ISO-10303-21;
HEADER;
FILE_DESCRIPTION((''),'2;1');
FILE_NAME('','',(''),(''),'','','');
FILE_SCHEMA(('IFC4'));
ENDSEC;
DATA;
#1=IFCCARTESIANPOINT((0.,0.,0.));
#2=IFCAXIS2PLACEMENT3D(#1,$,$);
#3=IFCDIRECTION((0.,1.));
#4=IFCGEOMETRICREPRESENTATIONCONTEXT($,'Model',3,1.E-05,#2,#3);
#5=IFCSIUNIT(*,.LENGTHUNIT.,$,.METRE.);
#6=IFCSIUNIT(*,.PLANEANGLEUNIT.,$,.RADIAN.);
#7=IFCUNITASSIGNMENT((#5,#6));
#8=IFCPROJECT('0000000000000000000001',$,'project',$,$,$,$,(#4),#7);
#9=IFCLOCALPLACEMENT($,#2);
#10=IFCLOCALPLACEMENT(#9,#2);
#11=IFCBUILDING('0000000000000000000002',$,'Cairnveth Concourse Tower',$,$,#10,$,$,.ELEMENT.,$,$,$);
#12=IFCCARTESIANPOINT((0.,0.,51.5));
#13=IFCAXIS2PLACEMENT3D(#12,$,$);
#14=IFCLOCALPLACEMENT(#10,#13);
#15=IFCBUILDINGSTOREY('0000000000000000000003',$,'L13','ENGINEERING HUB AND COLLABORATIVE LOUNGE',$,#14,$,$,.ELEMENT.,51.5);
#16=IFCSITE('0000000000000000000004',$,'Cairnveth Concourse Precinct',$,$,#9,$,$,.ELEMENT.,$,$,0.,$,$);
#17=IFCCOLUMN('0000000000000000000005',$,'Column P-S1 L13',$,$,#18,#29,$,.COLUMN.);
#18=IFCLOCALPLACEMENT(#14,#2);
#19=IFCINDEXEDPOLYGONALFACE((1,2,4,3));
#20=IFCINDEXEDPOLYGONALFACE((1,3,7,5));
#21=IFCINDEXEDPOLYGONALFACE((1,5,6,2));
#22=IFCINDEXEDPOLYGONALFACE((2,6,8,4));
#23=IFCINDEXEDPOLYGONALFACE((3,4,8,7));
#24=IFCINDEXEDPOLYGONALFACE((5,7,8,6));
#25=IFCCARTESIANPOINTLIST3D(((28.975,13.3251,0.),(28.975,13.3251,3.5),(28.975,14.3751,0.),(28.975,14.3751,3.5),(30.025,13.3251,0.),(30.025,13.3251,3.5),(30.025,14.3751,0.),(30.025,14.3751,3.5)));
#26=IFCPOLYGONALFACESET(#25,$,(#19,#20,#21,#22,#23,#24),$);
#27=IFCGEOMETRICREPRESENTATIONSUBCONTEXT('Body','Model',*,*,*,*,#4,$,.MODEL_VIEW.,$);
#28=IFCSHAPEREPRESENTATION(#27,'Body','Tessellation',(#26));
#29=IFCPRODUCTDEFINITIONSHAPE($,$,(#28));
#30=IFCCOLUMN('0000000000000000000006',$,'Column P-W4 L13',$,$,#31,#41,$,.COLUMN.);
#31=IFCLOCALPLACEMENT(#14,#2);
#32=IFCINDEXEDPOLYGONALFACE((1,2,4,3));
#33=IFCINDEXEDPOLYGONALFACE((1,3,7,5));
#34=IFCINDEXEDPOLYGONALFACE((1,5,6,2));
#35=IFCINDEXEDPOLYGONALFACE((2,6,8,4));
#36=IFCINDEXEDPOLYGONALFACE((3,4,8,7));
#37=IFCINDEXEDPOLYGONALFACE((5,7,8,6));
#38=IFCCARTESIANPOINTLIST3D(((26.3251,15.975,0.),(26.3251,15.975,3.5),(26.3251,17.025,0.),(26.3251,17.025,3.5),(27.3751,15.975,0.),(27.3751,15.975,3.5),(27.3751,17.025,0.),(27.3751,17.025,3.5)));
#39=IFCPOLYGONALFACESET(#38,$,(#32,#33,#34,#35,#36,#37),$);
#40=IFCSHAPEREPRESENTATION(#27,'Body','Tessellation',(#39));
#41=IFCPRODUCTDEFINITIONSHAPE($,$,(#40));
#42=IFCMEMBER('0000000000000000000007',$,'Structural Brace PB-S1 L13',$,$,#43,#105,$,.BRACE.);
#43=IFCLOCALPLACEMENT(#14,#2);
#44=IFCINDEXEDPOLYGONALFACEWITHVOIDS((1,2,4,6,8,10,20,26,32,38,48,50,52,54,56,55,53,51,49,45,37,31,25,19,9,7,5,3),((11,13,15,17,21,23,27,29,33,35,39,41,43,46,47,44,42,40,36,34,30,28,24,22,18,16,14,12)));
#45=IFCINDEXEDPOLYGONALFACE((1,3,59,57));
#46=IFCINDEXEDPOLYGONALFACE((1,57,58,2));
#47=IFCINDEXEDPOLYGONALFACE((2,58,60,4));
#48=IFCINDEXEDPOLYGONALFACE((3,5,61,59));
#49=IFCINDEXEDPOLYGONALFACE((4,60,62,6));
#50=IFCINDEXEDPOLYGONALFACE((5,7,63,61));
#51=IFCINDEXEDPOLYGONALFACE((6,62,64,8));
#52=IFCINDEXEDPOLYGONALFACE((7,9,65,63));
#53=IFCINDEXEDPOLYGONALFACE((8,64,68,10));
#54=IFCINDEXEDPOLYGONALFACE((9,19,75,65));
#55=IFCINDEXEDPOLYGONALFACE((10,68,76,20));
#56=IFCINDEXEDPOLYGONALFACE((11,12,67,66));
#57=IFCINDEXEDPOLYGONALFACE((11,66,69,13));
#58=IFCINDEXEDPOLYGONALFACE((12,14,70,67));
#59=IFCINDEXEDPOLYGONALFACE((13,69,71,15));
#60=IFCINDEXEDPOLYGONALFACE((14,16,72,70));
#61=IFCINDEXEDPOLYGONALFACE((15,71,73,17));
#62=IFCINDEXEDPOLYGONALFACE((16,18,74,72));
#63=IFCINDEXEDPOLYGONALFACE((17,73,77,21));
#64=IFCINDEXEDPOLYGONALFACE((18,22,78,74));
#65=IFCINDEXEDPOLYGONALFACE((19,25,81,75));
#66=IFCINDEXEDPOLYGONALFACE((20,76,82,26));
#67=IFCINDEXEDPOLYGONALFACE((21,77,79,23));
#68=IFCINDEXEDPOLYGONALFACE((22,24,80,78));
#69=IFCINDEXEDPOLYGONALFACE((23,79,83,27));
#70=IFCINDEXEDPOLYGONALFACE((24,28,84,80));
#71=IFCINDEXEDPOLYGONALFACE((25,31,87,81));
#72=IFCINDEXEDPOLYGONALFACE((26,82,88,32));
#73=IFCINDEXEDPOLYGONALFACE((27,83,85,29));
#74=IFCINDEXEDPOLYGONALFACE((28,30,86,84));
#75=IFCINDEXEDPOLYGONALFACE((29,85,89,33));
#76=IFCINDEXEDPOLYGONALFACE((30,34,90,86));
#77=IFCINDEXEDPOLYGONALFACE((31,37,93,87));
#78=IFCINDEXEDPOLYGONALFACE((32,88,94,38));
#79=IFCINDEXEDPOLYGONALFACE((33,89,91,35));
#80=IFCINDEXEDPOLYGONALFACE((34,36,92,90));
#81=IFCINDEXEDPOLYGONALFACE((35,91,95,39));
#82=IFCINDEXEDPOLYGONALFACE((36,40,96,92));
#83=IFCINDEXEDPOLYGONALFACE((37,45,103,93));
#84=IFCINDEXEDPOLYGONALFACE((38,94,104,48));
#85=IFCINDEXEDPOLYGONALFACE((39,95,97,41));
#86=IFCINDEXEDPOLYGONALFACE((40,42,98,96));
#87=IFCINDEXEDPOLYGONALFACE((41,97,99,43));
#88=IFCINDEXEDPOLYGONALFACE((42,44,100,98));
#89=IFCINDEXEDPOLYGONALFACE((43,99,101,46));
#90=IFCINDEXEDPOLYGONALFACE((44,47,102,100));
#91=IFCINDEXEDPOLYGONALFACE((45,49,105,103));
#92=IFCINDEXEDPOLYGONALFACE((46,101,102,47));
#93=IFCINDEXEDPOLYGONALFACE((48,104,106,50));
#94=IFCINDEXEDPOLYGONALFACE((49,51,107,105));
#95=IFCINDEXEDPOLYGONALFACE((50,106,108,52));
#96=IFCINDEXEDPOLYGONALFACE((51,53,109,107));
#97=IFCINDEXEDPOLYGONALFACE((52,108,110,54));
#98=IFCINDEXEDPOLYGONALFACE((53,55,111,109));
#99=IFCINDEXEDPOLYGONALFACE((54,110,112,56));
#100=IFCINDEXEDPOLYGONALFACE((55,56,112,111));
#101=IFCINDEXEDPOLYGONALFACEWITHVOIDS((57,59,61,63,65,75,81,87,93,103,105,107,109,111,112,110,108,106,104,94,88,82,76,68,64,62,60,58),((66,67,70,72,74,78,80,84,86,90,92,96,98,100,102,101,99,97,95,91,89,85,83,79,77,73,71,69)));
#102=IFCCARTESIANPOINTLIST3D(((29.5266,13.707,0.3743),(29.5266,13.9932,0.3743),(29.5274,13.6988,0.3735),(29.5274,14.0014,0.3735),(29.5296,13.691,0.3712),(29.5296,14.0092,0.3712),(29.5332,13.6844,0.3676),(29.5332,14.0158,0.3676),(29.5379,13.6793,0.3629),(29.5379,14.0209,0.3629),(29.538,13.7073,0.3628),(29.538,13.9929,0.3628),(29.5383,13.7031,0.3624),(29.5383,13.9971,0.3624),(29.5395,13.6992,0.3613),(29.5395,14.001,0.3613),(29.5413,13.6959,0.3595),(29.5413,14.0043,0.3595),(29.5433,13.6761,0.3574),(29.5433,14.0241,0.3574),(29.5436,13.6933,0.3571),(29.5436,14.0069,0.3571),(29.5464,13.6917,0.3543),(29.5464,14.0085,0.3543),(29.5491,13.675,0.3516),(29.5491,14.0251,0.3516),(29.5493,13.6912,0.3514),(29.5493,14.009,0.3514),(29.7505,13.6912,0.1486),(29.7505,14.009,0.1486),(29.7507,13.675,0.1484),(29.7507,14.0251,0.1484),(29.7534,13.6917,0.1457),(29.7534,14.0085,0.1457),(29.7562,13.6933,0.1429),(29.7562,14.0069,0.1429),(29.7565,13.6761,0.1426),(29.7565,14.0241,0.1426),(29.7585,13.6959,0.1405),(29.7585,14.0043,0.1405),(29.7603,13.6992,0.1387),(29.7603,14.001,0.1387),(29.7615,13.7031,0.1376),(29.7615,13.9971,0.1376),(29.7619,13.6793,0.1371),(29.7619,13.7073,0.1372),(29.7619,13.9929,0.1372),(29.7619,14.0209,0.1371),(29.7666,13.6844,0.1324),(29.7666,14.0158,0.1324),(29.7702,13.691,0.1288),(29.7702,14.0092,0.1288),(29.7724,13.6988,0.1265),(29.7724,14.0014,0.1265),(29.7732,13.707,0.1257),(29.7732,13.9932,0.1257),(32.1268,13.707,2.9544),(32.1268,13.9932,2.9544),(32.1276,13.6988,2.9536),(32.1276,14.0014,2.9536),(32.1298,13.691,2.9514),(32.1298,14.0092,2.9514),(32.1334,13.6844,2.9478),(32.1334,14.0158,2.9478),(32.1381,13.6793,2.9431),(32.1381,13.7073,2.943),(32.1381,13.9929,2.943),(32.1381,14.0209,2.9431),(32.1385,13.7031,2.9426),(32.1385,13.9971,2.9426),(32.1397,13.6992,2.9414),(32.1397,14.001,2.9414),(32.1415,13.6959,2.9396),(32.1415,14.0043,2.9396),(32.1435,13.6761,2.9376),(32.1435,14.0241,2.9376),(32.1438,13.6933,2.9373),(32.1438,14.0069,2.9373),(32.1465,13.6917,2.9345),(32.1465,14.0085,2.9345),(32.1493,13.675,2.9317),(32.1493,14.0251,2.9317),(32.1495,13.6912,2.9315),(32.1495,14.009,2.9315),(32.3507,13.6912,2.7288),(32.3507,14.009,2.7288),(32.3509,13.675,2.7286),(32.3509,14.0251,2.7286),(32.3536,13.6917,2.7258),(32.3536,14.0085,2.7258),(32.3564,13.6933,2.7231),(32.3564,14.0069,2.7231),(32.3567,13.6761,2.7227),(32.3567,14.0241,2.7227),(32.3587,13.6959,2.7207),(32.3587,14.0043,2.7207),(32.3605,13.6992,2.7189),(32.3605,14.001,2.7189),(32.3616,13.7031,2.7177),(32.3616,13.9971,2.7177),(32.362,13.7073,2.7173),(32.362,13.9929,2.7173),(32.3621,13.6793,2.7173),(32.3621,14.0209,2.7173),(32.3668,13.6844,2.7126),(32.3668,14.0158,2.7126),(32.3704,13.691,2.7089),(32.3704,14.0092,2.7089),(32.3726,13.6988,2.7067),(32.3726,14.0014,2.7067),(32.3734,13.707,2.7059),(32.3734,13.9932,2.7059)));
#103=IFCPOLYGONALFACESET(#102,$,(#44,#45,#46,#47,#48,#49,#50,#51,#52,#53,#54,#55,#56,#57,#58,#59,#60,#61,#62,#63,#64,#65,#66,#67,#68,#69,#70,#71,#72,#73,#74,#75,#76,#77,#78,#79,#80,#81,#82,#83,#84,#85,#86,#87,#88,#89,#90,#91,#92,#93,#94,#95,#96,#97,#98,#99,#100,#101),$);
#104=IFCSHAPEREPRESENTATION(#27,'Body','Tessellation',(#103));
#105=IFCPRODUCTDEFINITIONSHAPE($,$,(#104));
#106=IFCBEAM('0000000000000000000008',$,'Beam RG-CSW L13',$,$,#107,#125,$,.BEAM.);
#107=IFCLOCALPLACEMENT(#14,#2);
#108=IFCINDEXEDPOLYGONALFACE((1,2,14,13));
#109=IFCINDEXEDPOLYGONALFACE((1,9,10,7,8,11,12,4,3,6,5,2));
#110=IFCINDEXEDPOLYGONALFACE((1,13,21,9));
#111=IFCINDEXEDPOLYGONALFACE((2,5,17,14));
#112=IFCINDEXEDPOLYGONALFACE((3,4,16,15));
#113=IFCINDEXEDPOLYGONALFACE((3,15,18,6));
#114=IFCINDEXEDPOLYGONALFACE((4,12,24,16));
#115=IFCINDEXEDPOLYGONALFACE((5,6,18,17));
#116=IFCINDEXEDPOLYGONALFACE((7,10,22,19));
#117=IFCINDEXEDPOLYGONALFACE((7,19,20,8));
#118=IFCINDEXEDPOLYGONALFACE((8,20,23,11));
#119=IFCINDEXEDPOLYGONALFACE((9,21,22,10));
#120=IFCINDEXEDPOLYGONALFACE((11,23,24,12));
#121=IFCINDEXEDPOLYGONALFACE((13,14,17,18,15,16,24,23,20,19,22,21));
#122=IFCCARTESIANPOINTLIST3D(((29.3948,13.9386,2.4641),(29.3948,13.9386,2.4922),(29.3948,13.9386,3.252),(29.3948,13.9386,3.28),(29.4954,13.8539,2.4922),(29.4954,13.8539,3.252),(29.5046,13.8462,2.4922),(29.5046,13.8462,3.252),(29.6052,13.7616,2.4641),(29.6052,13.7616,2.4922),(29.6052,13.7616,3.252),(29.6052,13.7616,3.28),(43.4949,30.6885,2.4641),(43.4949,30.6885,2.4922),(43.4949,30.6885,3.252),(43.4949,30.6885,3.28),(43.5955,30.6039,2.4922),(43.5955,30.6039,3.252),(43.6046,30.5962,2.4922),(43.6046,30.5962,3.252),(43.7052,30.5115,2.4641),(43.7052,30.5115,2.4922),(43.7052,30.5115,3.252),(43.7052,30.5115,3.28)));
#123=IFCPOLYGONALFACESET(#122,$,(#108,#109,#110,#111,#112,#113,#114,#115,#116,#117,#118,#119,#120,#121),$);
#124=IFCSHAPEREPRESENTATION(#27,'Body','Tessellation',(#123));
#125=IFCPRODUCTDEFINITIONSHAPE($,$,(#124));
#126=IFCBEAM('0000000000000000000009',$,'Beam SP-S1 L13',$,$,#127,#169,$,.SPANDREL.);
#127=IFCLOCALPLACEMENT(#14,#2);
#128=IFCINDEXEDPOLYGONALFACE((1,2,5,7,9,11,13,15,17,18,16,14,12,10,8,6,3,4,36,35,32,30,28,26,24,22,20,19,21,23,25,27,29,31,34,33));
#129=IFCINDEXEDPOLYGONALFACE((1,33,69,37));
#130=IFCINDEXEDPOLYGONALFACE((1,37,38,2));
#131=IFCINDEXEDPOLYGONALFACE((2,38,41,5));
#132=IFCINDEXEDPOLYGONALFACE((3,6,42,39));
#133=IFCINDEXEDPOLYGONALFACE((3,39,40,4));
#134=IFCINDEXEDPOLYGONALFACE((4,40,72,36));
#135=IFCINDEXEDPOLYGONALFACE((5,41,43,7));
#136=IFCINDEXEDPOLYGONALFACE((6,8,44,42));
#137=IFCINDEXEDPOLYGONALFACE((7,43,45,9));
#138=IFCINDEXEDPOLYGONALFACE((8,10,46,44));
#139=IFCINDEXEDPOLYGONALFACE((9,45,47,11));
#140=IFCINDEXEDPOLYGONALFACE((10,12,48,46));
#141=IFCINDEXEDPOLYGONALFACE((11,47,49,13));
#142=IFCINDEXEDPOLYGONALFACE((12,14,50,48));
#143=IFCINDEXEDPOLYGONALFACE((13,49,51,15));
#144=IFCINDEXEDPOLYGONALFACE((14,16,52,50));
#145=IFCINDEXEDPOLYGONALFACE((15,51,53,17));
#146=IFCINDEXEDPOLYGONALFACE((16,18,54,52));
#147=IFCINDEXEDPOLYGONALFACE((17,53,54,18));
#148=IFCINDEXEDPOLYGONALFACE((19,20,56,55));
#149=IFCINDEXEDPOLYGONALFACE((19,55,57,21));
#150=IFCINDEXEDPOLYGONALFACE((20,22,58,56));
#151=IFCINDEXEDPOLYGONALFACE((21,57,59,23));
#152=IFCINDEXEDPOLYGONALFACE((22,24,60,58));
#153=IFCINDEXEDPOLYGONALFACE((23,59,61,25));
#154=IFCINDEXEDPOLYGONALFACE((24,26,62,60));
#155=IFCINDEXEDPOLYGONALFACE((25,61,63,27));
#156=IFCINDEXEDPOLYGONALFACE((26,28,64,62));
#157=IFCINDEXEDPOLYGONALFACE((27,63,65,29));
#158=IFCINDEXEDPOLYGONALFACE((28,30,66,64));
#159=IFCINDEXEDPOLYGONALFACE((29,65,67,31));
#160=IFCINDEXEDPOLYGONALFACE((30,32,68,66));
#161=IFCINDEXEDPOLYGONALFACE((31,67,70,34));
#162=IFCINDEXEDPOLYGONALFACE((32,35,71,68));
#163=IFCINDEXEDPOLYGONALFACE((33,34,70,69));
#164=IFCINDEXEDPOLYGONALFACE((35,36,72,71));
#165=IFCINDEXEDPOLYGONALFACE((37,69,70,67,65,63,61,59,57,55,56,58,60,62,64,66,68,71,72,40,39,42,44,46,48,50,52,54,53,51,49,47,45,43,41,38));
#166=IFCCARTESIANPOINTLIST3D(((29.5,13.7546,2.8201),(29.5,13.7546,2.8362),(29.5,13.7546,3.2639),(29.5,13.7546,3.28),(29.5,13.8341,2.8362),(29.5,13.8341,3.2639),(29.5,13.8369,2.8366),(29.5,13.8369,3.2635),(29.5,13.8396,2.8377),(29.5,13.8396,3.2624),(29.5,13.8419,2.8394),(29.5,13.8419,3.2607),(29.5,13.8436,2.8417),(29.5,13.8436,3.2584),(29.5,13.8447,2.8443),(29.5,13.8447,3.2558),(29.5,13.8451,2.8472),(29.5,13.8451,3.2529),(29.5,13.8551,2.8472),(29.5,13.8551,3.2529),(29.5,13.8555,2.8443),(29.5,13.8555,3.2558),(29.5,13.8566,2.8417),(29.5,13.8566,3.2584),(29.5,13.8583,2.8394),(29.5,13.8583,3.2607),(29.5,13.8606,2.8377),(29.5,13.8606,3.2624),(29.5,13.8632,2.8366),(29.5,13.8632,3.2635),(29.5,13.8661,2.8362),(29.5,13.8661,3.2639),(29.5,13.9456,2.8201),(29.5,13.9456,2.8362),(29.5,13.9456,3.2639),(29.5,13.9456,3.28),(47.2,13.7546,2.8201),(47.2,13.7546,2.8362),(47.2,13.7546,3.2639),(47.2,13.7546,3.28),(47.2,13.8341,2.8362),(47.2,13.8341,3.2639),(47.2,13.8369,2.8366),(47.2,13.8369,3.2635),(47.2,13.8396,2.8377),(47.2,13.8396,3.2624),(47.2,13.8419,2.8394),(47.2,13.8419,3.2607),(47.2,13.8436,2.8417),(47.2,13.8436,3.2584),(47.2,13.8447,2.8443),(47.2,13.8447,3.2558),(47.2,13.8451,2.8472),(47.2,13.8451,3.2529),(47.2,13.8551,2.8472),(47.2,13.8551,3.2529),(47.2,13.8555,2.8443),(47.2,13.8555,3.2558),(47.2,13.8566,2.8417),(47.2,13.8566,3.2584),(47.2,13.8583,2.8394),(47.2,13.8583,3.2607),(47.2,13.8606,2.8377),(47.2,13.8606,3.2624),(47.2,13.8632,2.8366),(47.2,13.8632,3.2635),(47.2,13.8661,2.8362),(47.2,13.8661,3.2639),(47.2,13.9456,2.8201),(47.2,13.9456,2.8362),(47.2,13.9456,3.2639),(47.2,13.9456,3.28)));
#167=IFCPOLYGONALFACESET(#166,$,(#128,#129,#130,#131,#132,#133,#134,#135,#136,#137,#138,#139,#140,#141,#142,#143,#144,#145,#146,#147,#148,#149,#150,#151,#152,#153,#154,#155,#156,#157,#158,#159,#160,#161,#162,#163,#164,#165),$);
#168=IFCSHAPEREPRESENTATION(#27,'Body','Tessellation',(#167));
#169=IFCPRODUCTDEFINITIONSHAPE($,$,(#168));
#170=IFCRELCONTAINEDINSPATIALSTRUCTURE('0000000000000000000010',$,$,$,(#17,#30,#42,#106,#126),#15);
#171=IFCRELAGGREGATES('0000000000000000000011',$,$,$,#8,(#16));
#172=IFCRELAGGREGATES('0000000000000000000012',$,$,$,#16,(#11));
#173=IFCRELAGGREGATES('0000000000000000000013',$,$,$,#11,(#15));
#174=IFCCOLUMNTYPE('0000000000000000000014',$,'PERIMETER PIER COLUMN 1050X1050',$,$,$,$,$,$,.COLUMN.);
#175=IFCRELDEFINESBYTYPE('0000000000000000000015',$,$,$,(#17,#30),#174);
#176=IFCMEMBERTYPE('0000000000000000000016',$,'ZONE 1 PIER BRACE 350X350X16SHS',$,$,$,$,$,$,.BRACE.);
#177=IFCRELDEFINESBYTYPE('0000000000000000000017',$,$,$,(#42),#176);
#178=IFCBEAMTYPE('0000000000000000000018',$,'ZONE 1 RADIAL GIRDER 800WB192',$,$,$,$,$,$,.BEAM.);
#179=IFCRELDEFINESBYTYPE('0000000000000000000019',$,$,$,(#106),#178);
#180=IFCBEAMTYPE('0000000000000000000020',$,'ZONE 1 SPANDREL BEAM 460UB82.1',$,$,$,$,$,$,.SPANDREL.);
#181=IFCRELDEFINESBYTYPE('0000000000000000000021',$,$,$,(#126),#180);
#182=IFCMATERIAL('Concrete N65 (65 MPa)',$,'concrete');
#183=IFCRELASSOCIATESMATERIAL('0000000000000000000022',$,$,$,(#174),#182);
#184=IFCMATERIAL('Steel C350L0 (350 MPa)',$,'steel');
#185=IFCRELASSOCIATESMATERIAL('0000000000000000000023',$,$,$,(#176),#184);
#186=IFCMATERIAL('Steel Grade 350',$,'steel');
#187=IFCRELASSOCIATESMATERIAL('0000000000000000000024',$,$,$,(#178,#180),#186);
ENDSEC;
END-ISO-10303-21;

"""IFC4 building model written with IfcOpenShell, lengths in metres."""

from ifc_helpers import new_model, si_unit, direction, frame, origin, origin_2d, place, context, subcontext, project, spatial, rectangle, hollow_rectangle, i_section, extrude, material, material_profile, profile_set, type_object, element, save


model = new_model("IFC4")

# Units and contexts
model_context = context("Model", 3, precision=1e-05, world=origin(), true_north=direction((0.0, 1.0)))
body_context = subcontext(model_context, "Body", "Model", "MODEL_VIEW")
ifc_project = project(units=[si_unit("LENGTHUNIT", "METRE"), si_unit("PLANEANGLEUNIT", "RADIAN")], contexts=[model_context])

# Site, building, storey
site_placement = place(None, origin())
site = spatial("IfcSite", under=ifc_project, at=site_placement, Name="Cairnveth Concourse Precinct", CompositionType="ELEMENT", RefElevation=0.0)
building_placement = place(site_placement, origin())
building = spatial("IfcBuilding", under=site, at=building_placement, Name="Cairnveth Concourse Tower", CompositionType="ELEMENT")
storey_placement = place(building_placement, frame((0.0, 0.0, 51.5)))
storey = spatial("IfcBuildingStorey", under=building, at=storey_placement, Name="L13", Description="ENGINEERING HUB AND COLLABORATIVE LOUNGE", CompositionType="ELEMENT", Elevation=51.5)

# Columns
ifc_material_1 = material(Name="Concrete N65 (65 MPa)", Category="concrete")
ifc_material_profile_1 = material_profile(ifc_material_1, rectangle(XDim=1.05, YDim=1.05, at=origin_2d()), Name="RC-COL-1050x1050")
ifc_profile_set_1 = profile_set([ifc_material_profile_1], Name="Concrete N65 (65 MPa)")
column_type = type_object("IfcColumnType", Name="PERIMETER PIER COLUMN 1050X1050", PredefinedType="COLUMN", material=ifc_profile_set_1)
for number, where, z_axis, x_axis, name in (
    (1, (29.5, 13.8501, 0.0), (0.0, 0.0, 1.0), (1.0, 0.0, 0.0), "Column P-S1 L13"),
    (2, (26.8501, 16.5, 0.0), (0.0, 0.0, 1.0), (0.0, 1.0, 0.0), "Column P-W4 L13"),
):
    element("IfcColumn", number, at=place(storey_placement, frame(where, z_axis=z_axis, x_axis=x_axis)), inside=storey, type_object=column_type, Name=name, PredefinedType="COLUMN", context=body_context, shape_type="SweptSolid", body=[
        extrude(rectangle(XDim=1.05, YDim=1.05, at=origin_2d()), origin(), (0.0, 0.0, 1.0), 3.5),
    ])

# Member
ifc_material_2 = material(Name="Steel C350L0 (350 MPa)", Category="steel")
ifc_material_profile_2 = material_profile(ifc_material_2, hollow_rectangle(XDim=0.3501, YDim=0.3501, WallThickness=0.0161, InnerFilletRadius=0.0161, OuterFilletRadius=0.032, at=origin_2d()), Name="350x350x16.0SHS")
ifc_profile_set_2 = profile_set([ifc_material_profile_2], Name="Steel C350L0 (350 MPa)")
member_type = type_object("IfcMemberType", Name="ZONE 1 PIER BRACE 350X350X16SHS", PredefinedType="BRACE", material=ifc_profile_set_2)
member_placement = place(storey_placement, frame((29.6499, 13.8501, 0.25), z_axis=(0.709834, 0.0, 0.704369), x_axis=(0.0, 1.0, 0.0)))
element("IfcMember", 3, at=member_placement, inside=storey, type_object=member_type, Name="Structural Brace PB-S1 L13", PredefinedType="BRACE", context=body_context, shape_type="SweptSolid", body=[
    extrude(hollow_rectangle(XDim=0.3501, YDim=0.3501, WallThickness=0.0161, InnerFilletRadius=0.0161, OuterFilletRadius=0.032, at=origin_2d()), origin(), (0.0, 0.0, 1.0), 3.6631),
])

# Beams
ifc_material_3 = material(Name="Steel Grade 350", Category="steel")
ifc_material_profile_3 = material_profile(ifc_material_3, i_section(OverallWidth=0.2749, OverallDepth=0.8159, WebThickness=0.012, FlangeThickness=0.0281, at=origin_2d()), Name="800WB192")
ifc_profile_set_3 = profile_set([ifc_material_profile_3], Name="Steel Grade 350")
beam_type_1 = type_object("IfcBeamType", Name="ZONE 1 RADIAL GIRDER 800WB192", PredefinedType="BEAM", material=ifc_profile_set_3)
beam_1_placement = place(storey_placement, frame((29.5, 13.8501, 2.8721), z_axis=(0.643998, 0.765027, 0.0), x_axis=(-0.765027, 0.643998, 0.0)))
element("IfcBeam", 4, at=beam_1_placement, inside=storey, type_object=beam_type_1, Name="Beam RG-CSW L13", PredefinedType="BEAM", context=body_context, shape_type="SweptSolid", body=[
    extrude(i_section(OverallWidth=0.2749, OverallDepth=0.8159, WebThickness=0.012, FlangeThickness=0.0281, at=origin_2d()), origin(), (0.0, 0.0, 1.0), 21.8945),
])
ifc_material_profile_4 = material_profile(ifc_material_3, i_section(OverallWidth=0.1909, OverallDepth=0.46, WebThickness=0.01, FlangeThickness=0.0161, FilletRadius=0.011, at=origin_2d()), Name="460UB82.1")
ifc_profile_set_4 = profile_set([ifc_material_profile_4], Name="Steel Grade 350")
beam_type_2 = type_object("IfcBeamType", Name="ZONE 1 SPANDREL BEAM 460UB82.1", PredefinedType="SPANDREL", material=ifc_profile_set_4)
beam_2_placement = place(storey_placement, frame((29.5, 13.8501, 3.05), z_axis=(1.0, 0.0, 0.0), x_axis=(0.0, 1.0, 0.0)))
element("IfcBeam", 5, at=beam_2_placement, inside=storey, type_object=beam_type_2, Name="Beam SP-S1 L13", PredefinedType="SPANDREL", context=body_context, shape_type="SweptSolid", body=[
    extrude(i_section(OverallWidth=0.1909, OverallDepth=0.46, WebThickness=0.01, FlangeThickness=0.0161, FilletRadius=0.011, at=origin_2d()), origin(), (0.0, 0.0, 1.0), 17.7),
])

save(model, "model.ifc")
